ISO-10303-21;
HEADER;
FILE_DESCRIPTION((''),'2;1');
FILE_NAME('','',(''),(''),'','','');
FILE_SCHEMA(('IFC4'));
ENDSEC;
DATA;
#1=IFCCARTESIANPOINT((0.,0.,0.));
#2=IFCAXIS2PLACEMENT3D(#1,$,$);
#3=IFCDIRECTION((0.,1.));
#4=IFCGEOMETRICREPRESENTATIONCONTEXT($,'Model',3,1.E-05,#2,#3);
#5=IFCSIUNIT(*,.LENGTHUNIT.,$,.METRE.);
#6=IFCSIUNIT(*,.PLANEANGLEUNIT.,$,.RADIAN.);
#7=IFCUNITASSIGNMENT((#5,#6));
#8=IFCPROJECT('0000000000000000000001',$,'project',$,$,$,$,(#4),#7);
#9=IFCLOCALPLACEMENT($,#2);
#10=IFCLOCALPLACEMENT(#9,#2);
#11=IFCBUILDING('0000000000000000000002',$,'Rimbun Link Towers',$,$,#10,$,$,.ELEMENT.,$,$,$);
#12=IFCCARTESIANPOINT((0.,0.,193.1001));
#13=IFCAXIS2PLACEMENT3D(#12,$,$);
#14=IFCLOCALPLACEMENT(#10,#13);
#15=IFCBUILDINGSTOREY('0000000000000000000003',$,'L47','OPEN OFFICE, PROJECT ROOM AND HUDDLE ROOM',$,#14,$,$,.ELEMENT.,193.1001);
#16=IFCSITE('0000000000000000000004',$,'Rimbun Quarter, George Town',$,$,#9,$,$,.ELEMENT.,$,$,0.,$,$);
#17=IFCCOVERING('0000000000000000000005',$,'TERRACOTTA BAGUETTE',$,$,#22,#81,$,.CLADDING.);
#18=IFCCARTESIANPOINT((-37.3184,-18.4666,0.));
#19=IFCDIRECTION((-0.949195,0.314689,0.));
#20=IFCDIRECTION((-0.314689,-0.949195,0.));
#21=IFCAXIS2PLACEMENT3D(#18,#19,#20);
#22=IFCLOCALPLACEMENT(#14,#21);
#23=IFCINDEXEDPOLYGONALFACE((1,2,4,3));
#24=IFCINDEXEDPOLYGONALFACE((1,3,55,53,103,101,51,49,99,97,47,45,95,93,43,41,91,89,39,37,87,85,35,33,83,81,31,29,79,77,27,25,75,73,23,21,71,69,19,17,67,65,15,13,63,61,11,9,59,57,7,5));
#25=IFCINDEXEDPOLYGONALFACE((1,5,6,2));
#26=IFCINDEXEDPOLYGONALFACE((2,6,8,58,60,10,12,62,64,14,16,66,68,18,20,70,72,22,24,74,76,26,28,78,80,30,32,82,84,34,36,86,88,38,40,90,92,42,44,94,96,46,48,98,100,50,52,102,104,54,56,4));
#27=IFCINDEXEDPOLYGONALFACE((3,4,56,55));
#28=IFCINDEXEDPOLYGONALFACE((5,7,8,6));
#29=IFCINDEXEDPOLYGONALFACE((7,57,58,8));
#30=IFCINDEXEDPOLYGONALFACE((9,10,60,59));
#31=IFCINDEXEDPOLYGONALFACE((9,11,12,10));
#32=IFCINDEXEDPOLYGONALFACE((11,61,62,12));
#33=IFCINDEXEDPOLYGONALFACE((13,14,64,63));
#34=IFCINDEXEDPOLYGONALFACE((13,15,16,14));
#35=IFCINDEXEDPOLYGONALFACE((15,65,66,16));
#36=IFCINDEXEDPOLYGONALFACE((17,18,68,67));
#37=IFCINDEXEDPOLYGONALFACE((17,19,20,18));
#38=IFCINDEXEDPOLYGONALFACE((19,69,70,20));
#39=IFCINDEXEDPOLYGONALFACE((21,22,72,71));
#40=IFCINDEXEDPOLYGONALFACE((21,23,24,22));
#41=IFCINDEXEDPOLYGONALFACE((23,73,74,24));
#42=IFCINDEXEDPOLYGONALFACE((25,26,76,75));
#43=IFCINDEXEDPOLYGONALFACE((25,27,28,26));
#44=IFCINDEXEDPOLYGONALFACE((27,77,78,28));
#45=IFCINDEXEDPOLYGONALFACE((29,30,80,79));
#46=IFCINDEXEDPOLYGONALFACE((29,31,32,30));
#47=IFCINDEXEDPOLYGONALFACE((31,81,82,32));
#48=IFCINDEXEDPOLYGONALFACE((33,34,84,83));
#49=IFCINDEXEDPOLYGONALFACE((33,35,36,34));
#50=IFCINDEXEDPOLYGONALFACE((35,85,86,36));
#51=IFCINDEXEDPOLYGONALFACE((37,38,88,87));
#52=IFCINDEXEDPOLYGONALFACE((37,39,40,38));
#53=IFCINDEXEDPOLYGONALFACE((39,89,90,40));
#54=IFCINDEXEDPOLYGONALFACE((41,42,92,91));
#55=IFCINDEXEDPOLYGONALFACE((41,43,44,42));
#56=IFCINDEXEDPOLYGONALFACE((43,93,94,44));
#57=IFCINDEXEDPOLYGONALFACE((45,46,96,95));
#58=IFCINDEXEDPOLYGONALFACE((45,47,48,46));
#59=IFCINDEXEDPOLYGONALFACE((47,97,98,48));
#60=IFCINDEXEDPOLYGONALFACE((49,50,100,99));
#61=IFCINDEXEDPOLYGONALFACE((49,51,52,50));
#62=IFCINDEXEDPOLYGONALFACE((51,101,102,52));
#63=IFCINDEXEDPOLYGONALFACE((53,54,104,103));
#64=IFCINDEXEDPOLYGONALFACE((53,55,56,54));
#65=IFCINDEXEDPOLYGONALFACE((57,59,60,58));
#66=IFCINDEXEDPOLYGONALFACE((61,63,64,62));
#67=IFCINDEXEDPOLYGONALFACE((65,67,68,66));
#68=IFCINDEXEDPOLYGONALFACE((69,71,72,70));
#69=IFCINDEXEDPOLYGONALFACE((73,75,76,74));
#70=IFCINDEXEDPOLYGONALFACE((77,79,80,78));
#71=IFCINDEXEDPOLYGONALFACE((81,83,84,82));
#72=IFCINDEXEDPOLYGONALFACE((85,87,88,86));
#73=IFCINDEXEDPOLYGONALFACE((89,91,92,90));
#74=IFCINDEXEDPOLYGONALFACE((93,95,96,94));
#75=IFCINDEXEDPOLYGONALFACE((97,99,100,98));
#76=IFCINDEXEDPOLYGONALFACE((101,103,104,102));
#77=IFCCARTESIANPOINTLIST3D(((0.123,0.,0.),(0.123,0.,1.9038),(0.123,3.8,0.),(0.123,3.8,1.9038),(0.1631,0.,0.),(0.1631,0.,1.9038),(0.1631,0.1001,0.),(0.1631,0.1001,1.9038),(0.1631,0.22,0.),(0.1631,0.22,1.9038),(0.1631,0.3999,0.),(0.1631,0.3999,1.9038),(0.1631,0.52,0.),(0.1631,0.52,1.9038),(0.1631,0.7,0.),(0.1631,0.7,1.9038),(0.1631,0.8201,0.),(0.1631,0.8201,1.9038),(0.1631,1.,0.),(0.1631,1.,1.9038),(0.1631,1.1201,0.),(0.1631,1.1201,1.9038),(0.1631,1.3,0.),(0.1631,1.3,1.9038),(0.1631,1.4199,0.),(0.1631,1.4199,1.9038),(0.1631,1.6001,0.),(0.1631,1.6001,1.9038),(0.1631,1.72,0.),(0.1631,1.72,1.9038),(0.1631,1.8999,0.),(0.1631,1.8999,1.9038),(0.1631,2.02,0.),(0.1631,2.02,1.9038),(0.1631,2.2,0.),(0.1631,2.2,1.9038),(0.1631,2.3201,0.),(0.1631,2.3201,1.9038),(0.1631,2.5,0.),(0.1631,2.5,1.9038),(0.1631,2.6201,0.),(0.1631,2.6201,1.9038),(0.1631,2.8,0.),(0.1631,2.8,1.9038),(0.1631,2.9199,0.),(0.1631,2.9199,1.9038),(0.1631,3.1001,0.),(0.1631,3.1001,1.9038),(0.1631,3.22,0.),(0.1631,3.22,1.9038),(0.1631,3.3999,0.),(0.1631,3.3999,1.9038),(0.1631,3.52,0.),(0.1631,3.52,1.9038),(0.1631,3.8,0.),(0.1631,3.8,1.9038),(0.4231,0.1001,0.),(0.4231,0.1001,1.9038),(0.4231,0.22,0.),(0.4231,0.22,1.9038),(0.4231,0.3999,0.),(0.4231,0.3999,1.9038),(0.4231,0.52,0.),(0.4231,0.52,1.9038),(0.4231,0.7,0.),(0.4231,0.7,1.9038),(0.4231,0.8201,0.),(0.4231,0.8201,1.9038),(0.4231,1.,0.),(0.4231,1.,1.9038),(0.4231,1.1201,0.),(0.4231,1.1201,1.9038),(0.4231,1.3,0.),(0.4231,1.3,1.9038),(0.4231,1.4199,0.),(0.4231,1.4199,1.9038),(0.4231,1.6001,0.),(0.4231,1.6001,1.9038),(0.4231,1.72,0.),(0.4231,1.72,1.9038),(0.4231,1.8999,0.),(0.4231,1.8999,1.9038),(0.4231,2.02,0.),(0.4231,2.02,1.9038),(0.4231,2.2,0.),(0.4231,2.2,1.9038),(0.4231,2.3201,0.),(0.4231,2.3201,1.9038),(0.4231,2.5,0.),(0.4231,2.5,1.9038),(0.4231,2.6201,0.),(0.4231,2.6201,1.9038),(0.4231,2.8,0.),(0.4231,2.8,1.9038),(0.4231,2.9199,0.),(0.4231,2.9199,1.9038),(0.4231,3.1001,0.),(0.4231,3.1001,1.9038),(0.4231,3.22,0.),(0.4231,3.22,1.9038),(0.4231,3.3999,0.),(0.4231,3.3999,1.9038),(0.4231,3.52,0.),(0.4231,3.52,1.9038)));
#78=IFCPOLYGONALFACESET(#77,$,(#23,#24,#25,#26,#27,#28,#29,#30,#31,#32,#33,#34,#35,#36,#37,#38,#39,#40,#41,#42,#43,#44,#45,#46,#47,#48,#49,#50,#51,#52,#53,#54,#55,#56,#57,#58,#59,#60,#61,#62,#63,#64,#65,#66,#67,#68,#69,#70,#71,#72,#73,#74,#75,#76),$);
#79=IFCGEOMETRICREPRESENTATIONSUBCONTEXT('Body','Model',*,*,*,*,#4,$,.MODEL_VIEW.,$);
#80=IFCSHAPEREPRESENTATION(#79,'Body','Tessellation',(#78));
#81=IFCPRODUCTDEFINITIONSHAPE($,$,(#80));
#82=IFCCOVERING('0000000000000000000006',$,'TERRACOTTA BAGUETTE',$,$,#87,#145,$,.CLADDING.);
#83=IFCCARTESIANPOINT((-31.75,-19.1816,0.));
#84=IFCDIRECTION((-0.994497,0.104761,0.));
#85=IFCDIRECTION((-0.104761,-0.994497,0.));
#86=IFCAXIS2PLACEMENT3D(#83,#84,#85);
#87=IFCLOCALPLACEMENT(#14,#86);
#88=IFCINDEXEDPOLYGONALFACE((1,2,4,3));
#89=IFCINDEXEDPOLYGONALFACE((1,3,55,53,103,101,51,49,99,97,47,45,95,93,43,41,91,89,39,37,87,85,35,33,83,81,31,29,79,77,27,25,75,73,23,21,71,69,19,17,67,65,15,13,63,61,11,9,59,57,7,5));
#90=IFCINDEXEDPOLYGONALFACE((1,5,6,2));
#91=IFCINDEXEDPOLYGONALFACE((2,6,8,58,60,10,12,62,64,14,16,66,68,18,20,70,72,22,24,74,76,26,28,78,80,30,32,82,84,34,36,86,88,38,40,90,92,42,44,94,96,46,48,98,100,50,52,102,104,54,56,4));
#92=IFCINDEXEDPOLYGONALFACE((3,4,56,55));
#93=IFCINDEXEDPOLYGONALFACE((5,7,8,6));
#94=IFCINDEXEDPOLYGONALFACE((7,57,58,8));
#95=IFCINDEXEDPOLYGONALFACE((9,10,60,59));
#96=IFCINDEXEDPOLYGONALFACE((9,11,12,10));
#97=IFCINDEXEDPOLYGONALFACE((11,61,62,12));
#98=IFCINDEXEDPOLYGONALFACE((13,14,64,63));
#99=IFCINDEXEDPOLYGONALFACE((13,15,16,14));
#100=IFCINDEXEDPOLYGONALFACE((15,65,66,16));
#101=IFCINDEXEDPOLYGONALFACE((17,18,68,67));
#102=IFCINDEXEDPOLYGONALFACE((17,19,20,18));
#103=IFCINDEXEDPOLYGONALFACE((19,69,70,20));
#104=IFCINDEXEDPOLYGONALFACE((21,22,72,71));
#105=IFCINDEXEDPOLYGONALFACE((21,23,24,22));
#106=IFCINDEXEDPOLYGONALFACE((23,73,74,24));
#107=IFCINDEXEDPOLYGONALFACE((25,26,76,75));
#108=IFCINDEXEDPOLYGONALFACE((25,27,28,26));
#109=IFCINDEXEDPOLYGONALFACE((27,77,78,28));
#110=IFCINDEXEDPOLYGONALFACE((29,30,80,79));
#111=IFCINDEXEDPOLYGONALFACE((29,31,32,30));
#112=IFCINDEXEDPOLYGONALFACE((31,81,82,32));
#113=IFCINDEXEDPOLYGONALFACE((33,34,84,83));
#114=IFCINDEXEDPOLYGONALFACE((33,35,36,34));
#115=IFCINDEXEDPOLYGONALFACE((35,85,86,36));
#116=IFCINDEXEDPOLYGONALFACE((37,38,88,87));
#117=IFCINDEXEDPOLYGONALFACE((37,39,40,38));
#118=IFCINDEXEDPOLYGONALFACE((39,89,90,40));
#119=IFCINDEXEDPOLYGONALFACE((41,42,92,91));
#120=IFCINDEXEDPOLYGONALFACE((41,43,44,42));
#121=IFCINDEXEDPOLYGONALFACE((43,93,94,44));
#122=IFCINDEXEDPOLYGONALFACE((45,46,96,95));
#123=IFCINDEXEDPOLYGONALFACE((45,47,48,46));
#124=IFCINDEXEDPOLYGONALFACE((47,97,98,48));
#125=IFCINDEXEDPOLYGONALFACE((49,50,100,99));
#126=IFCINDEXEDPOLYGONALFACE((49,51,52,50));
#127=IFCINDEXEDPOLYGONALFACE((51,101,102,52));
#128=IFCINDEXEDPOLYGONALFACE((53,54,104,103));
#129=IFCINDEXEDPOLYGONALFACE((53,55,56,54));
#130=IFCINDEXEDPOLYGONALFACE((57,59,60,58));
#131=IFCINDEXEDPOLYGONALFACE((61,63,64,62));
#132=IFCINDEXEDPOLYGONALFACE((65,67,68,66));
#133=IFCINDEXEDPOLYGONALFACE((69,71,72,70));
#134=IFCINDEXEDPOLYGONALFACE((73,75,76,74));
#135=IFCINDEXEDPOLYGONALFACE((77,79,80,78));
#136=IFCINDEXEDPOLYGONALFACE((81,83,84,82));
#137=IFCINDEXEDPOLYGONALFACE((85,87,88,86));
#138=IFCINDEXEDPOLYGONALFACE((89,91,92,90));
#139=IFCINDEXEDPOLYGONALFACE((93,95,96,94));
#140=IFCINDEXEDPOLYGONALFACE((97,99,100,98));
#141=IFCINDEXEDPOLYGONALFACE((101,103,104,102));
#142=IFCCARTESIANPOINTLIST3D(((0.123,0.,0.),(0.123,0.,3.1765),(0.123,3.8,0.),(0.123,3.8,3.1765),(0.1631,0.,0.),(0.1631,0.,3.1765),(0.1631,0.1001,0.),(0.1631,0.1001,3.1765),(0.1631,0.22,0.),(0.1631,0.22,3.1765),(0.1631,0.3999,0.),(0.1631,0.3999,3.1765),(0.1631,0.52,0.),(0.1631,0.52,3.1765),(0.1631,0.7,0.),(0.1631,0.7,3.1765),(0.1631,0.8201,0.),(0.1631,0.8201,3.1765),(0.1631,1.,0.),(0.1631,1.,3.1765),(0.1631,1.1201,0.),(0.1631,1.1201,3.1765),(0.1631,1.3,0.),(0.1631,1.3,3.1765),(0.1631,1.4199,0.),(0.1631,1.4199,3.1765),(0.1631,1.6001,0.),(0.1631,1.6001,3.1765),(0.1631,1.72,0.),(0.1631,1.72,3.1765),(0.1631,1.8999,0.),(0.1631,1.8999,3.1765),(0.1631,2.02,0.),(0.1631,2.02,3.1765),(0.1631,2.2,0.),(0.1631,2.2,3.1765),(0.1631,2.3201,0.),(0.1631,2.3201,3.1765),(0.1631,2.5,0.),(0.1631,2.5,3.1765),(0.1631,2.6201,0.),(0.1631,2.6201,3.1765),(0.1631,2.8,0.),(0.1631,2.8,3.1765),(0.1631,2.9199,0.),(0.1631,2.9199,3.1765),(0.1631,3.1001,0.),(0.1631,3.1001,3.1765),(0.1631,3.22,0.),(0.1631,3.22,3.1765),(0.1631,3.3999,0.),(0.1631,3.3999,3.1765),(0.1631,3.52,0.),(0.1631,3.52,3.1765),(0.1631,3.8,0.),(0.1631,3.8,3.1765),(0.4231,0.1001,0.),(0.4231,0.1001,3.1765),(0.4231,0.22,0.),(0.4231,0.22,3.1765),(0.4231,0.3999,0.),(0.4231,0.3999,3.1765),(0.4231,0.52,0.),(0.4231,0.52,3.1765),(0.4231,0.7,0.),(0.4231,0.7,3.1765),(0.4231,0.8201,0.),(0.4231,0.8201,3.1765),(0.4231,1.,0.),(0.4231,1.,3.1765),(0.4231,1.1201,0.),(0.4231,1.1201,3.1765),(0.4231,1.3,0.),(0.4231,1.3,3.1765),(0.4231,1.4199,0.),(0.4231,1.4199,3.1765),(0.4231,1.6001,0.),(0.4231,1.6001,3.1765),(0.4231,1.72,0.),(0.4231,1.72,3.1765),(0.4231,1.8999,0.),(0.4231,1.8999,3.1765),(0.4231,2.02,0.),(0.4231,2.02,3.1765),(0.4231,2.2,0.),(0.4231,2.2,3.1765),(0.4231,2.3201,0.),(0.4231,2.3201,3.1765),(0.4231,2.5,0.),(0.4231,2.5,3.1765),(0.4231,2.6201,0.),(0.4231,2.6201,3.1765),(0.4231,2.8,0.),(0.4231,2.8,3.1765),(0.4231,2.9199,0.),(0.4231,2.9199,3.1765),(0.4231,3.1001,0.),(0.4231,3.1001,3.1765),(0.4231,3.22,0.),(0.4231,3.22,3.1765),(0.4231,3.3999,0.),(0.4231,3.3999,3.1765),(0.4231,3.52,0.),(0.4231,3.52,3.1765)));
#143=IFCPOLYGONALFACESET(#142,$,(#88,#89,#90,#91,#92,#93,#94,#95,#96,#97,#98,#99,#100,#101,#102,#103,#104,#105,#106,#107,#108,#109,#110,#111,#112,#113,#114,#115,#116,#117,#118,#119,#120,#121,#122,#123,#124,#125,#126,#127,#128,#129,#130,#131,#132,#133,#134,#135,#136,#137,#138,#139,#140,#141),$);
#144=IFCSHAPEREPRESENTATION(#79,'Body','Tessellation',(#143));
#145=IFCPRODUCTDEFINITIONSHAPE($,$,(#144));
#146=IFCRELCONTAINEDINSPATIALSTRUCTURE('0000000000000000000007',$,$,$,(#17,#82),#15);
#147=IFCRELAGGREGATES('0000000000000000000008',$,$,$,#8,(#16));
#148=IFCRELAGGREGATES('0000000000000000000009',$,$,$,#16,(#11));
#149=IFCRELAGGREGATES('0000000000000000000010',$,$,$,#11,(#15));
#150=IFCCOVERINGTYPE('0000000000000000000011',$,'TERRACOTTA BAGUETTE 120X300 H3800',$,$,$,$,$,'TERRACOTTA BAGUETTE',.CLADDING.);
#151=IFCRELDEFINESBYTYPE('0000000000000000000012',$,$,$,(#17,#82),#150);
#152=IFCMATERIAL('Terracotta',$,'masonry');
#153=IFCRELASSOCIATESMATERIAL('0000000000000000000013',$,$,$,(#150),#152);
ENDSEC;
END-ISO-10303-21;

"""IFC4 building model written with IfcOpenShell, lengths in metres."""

from ifc_helpers import new_model, si_unit, direction, frame, origin, place, context, subcontext, project, spatial, polyline, outline, extrude, material, material_profile, profile_set, type_object, element, save


model = new_model("IFC4")

# Units and contexts
model_context = context("Model", 3, precision=1e-05, world=origin(), true_north=direction((0.0, 1.0)))
body_context = subcontext(model_context, "Body", "Model", "MODEL_VIEW")
ifc_project = project(units=[si_unit("LENGTHUNIT", "METRE"), si_unit("PLANEANGLEUNIT", "RADIAN")], contexts=[model_context])

# Site, building, storey
site_placement = place(None, origin())
site = spatial("IfcSite", under=ifc_project, at=site_placement, Name="Rimbun Quarter, George Town", CompositionType="ELEMENT", RefElevation=0.0)
building_placement = place(site_placement, origin())
building = spatial("IfcBuilding", under=site, at=building_placement, Name="Rimbun Link Towers", CompositionType="ELEMENT")
storey_placement = place(building_placement, frame((0.0, 0.0, 193.1001)))
storey = spatial("IfcBuildingStorey", under=building, at=storey_placement, Name="L47", Description="OPEN OFFICE, PROJECT ROOM AND HUDDLE ROOM", CompositionType="ELEMENT", Elevation=193.1001)

# Coverings
ifc_material_1 = material(Name="Terracotta", Category="masonry")
ifc_material_profile_1 = material_profile(ifc_material_1, outline(polyline([(0.123, 0.0), (0.1631, 0.0), (0.1631, 0.1001), (0.4231, 0.1001), (0.4231, 0.22), (0.1631, 0.22), (0.1631, 0.3999), (0.4231, 0.3999), (0.4231, 0.52), (0.1631, 0.52), (0.1631, 0.7), (0.4231, 0.7), (0.4231, 0.8201), (0.1631, 0.8201), (0.1631, 1.0), (0.4231, 1.0), (0.4231, 1.1201), (0.1631, 1.1201), (0.1631, 1.3), (0.4231, 1.3), (0.4231, 1.4199), (0.1631, 1.4199), (0.1631, 1.6001), (0.4231, 1.6001), (0.4231, 1.72), (0.1631, 1.72), (0.1631, 1.8999), (0.4231, 1.8999), (0.4231, 2.02), (0.1631, 2.02), (0.1631, 2.2), (0.4231, 2.2), (0.4231, 2.3201), (0.1631, 2.3201), (0.1631, 2.5), (0.4231, 2.5), (0.4231, 2.6201), (0.1631, 2.6201), (0.1631, 2.8), (0.4231, 2.8), (0.4231, 2.9199), (0.1631, 2.9199), (0.1631, 3.1001), (0.4231, 3.1001), (0.4231, 3.22), (0.1631, 3.22), (0.1631, 3.3999), (0.4231, 3.3999), (0.4231, 3.52), (0.1631, 3.52), (0.1631, 3.8), (0.123, 3.8), (0.123, 0.0)])), Name="BAGUETTE 120X300")
ifc_profile_set_1 = profile_set([ifc_material_profile_1], Name="Terracotta")
covering_type = type_object("IfcCoveringType", Name="TERRACOTTA BAGUETTE 120X300 H3800", ElementType="TERRACOTTA BAGUETTE", PredefinedType="CLADDING", material=ifc_profile_set_1)
covering_1_placement = place(storey_placement, frame((-37.3184, -18.4666, 0.0), z_axis=(-0.949195, 0.314689, 0.0), x_axis=(-0.314689, -0.949195, 0.0)))
element("IfcCovering", 1, at=covering_1_placement, inside=storey, type_object=covering_type, Name="TERRACOTTA BAGUETTE", PredefinedType="CLADDING", context=body_context, shape_type="SweptSolid", body=[
    extrude(outline(polyline([(0.123, 0.0), (0.1631, 0.0), (0.1631, 0.1001), (0.4231, 0.1001), (0.4231, 0.22), (0.1631, 0.22), (0.1631, 0.3999), (0.4231, 0.3999), (0.4231, 0.52), (0.1631, 0.52), (0.1631, 0.7), (0.4231, 0.7), (0.4231, 0.8201), (0.1631, 0.8201), (0.1631, 1.0), (0.4231, 1.0), (0.4231, 1.1201), (0.1631, 1.1201), (0.1631, 1.3), (0.4231, 1.3), (0.4231, 1.4199), (0.1631, 1.4199), (0.1631, 1.6001), (0.4231, 1.6001), (0.4231, 1.72), (0.1631, 1.72), (0.1631, 1.8999), (0.4231, 1.8999), (0.4231, 2.02), (0.1631, 2.02), (0.1631, 2.2), (0.4231, 2.2), (0.4231, 2.3201), (0.1631, 2.3201), (0.1631, 2.5), (0.4231, 2.5), (0.4231, 2.6201), (0.1631, 2.6201), (0.1631, 2.8), (0.4231, 2.8), (0.4231, 2.9199), (0.1631, 2.9199), (0.1631, 3.1001), (0.4231, 3.1001), (0.4231, 3.22), (0.1631, 3.22), (0.1631, 3.3999), (0.4231, 3.3999), (0.4231, 3.52), (0.1631, 3.52), (0.1631, 3.8), (0.123, 3.8), (0.123, 0.0)])), origin(), (0.0, 0.0, 1.0), 1.9038),
])
covering_2_placement = place(storey_placement, frame((-31.75, -19.1816, 0.0), z_axis=(-0.994497, 0.104761, 0.0), x_axis=(-0.104761, -0.994497, 0.0)))
element("IfcCovering", 2, at=covering_2_placement, inside=storey, type_object=covering_type, Name="TERRACOTTA BAGUETTE", PredefinedType="CLADDING", context=body_context, shape_type="SweptSolid", body=[
    extrude(outline(polyline([(0.123, 0.0), (0.1631, 0.0), (0.1631, 0.1001), (0.4231, 0.1001), (0.4231, 0.22), (0.1631, 0.22), (0.1631, 0.3999), (0.4231, 0.3999), (0.4231, 0.52), (0.1631, 0.52), (0.1631, 0.7), (0.4231, 0.7), (0.4231, 0.8201), (0.1631, 0.8201), (0.1631, 1.0), (0.4231, 1.0), (0.4231, 1.1201), (0.1631, 1.1201), (0.1631, 1.3), (0.4231, 1.3), (0.4231, 1.4199), (0.1631, 1.4199), (0.1631, 1.6001), (0.4231, 1.6001), (0.4231, 1.72), (0.1631, 1.72), (0.1631, 1.8999), (0.4231, 1.8999), (0.4231, 2.02), (0.1631, 2.02), (0.1631, 2.2), (0.4231, 2.2), (0.4231, 2.3201), (0.1631, 2.3201), (0.1631, 2.5), (0.4231, 2.5), (0.4231, 2.6201), (0.1631, 2.6201), (0.1631, 2.8), (0.4231, 2.8), (0.4231, 2.9199), (0.1631, 2.9199), (0.1631, 3.1001), (0.4231, 3.1001), (0.4231, 3.22), (0.1631, 3.22), (0.1631, 3.3999), (0.4231, 3.3999), (0.4231, 3.52), (0.1631, 3.52), (0.1631, 3.8), (0.123, 3.8), (0.123, 0.0)])), origin(), (0.0, 0.0, 1.0), 3.1765),
])

save(model, "model.ifc")
